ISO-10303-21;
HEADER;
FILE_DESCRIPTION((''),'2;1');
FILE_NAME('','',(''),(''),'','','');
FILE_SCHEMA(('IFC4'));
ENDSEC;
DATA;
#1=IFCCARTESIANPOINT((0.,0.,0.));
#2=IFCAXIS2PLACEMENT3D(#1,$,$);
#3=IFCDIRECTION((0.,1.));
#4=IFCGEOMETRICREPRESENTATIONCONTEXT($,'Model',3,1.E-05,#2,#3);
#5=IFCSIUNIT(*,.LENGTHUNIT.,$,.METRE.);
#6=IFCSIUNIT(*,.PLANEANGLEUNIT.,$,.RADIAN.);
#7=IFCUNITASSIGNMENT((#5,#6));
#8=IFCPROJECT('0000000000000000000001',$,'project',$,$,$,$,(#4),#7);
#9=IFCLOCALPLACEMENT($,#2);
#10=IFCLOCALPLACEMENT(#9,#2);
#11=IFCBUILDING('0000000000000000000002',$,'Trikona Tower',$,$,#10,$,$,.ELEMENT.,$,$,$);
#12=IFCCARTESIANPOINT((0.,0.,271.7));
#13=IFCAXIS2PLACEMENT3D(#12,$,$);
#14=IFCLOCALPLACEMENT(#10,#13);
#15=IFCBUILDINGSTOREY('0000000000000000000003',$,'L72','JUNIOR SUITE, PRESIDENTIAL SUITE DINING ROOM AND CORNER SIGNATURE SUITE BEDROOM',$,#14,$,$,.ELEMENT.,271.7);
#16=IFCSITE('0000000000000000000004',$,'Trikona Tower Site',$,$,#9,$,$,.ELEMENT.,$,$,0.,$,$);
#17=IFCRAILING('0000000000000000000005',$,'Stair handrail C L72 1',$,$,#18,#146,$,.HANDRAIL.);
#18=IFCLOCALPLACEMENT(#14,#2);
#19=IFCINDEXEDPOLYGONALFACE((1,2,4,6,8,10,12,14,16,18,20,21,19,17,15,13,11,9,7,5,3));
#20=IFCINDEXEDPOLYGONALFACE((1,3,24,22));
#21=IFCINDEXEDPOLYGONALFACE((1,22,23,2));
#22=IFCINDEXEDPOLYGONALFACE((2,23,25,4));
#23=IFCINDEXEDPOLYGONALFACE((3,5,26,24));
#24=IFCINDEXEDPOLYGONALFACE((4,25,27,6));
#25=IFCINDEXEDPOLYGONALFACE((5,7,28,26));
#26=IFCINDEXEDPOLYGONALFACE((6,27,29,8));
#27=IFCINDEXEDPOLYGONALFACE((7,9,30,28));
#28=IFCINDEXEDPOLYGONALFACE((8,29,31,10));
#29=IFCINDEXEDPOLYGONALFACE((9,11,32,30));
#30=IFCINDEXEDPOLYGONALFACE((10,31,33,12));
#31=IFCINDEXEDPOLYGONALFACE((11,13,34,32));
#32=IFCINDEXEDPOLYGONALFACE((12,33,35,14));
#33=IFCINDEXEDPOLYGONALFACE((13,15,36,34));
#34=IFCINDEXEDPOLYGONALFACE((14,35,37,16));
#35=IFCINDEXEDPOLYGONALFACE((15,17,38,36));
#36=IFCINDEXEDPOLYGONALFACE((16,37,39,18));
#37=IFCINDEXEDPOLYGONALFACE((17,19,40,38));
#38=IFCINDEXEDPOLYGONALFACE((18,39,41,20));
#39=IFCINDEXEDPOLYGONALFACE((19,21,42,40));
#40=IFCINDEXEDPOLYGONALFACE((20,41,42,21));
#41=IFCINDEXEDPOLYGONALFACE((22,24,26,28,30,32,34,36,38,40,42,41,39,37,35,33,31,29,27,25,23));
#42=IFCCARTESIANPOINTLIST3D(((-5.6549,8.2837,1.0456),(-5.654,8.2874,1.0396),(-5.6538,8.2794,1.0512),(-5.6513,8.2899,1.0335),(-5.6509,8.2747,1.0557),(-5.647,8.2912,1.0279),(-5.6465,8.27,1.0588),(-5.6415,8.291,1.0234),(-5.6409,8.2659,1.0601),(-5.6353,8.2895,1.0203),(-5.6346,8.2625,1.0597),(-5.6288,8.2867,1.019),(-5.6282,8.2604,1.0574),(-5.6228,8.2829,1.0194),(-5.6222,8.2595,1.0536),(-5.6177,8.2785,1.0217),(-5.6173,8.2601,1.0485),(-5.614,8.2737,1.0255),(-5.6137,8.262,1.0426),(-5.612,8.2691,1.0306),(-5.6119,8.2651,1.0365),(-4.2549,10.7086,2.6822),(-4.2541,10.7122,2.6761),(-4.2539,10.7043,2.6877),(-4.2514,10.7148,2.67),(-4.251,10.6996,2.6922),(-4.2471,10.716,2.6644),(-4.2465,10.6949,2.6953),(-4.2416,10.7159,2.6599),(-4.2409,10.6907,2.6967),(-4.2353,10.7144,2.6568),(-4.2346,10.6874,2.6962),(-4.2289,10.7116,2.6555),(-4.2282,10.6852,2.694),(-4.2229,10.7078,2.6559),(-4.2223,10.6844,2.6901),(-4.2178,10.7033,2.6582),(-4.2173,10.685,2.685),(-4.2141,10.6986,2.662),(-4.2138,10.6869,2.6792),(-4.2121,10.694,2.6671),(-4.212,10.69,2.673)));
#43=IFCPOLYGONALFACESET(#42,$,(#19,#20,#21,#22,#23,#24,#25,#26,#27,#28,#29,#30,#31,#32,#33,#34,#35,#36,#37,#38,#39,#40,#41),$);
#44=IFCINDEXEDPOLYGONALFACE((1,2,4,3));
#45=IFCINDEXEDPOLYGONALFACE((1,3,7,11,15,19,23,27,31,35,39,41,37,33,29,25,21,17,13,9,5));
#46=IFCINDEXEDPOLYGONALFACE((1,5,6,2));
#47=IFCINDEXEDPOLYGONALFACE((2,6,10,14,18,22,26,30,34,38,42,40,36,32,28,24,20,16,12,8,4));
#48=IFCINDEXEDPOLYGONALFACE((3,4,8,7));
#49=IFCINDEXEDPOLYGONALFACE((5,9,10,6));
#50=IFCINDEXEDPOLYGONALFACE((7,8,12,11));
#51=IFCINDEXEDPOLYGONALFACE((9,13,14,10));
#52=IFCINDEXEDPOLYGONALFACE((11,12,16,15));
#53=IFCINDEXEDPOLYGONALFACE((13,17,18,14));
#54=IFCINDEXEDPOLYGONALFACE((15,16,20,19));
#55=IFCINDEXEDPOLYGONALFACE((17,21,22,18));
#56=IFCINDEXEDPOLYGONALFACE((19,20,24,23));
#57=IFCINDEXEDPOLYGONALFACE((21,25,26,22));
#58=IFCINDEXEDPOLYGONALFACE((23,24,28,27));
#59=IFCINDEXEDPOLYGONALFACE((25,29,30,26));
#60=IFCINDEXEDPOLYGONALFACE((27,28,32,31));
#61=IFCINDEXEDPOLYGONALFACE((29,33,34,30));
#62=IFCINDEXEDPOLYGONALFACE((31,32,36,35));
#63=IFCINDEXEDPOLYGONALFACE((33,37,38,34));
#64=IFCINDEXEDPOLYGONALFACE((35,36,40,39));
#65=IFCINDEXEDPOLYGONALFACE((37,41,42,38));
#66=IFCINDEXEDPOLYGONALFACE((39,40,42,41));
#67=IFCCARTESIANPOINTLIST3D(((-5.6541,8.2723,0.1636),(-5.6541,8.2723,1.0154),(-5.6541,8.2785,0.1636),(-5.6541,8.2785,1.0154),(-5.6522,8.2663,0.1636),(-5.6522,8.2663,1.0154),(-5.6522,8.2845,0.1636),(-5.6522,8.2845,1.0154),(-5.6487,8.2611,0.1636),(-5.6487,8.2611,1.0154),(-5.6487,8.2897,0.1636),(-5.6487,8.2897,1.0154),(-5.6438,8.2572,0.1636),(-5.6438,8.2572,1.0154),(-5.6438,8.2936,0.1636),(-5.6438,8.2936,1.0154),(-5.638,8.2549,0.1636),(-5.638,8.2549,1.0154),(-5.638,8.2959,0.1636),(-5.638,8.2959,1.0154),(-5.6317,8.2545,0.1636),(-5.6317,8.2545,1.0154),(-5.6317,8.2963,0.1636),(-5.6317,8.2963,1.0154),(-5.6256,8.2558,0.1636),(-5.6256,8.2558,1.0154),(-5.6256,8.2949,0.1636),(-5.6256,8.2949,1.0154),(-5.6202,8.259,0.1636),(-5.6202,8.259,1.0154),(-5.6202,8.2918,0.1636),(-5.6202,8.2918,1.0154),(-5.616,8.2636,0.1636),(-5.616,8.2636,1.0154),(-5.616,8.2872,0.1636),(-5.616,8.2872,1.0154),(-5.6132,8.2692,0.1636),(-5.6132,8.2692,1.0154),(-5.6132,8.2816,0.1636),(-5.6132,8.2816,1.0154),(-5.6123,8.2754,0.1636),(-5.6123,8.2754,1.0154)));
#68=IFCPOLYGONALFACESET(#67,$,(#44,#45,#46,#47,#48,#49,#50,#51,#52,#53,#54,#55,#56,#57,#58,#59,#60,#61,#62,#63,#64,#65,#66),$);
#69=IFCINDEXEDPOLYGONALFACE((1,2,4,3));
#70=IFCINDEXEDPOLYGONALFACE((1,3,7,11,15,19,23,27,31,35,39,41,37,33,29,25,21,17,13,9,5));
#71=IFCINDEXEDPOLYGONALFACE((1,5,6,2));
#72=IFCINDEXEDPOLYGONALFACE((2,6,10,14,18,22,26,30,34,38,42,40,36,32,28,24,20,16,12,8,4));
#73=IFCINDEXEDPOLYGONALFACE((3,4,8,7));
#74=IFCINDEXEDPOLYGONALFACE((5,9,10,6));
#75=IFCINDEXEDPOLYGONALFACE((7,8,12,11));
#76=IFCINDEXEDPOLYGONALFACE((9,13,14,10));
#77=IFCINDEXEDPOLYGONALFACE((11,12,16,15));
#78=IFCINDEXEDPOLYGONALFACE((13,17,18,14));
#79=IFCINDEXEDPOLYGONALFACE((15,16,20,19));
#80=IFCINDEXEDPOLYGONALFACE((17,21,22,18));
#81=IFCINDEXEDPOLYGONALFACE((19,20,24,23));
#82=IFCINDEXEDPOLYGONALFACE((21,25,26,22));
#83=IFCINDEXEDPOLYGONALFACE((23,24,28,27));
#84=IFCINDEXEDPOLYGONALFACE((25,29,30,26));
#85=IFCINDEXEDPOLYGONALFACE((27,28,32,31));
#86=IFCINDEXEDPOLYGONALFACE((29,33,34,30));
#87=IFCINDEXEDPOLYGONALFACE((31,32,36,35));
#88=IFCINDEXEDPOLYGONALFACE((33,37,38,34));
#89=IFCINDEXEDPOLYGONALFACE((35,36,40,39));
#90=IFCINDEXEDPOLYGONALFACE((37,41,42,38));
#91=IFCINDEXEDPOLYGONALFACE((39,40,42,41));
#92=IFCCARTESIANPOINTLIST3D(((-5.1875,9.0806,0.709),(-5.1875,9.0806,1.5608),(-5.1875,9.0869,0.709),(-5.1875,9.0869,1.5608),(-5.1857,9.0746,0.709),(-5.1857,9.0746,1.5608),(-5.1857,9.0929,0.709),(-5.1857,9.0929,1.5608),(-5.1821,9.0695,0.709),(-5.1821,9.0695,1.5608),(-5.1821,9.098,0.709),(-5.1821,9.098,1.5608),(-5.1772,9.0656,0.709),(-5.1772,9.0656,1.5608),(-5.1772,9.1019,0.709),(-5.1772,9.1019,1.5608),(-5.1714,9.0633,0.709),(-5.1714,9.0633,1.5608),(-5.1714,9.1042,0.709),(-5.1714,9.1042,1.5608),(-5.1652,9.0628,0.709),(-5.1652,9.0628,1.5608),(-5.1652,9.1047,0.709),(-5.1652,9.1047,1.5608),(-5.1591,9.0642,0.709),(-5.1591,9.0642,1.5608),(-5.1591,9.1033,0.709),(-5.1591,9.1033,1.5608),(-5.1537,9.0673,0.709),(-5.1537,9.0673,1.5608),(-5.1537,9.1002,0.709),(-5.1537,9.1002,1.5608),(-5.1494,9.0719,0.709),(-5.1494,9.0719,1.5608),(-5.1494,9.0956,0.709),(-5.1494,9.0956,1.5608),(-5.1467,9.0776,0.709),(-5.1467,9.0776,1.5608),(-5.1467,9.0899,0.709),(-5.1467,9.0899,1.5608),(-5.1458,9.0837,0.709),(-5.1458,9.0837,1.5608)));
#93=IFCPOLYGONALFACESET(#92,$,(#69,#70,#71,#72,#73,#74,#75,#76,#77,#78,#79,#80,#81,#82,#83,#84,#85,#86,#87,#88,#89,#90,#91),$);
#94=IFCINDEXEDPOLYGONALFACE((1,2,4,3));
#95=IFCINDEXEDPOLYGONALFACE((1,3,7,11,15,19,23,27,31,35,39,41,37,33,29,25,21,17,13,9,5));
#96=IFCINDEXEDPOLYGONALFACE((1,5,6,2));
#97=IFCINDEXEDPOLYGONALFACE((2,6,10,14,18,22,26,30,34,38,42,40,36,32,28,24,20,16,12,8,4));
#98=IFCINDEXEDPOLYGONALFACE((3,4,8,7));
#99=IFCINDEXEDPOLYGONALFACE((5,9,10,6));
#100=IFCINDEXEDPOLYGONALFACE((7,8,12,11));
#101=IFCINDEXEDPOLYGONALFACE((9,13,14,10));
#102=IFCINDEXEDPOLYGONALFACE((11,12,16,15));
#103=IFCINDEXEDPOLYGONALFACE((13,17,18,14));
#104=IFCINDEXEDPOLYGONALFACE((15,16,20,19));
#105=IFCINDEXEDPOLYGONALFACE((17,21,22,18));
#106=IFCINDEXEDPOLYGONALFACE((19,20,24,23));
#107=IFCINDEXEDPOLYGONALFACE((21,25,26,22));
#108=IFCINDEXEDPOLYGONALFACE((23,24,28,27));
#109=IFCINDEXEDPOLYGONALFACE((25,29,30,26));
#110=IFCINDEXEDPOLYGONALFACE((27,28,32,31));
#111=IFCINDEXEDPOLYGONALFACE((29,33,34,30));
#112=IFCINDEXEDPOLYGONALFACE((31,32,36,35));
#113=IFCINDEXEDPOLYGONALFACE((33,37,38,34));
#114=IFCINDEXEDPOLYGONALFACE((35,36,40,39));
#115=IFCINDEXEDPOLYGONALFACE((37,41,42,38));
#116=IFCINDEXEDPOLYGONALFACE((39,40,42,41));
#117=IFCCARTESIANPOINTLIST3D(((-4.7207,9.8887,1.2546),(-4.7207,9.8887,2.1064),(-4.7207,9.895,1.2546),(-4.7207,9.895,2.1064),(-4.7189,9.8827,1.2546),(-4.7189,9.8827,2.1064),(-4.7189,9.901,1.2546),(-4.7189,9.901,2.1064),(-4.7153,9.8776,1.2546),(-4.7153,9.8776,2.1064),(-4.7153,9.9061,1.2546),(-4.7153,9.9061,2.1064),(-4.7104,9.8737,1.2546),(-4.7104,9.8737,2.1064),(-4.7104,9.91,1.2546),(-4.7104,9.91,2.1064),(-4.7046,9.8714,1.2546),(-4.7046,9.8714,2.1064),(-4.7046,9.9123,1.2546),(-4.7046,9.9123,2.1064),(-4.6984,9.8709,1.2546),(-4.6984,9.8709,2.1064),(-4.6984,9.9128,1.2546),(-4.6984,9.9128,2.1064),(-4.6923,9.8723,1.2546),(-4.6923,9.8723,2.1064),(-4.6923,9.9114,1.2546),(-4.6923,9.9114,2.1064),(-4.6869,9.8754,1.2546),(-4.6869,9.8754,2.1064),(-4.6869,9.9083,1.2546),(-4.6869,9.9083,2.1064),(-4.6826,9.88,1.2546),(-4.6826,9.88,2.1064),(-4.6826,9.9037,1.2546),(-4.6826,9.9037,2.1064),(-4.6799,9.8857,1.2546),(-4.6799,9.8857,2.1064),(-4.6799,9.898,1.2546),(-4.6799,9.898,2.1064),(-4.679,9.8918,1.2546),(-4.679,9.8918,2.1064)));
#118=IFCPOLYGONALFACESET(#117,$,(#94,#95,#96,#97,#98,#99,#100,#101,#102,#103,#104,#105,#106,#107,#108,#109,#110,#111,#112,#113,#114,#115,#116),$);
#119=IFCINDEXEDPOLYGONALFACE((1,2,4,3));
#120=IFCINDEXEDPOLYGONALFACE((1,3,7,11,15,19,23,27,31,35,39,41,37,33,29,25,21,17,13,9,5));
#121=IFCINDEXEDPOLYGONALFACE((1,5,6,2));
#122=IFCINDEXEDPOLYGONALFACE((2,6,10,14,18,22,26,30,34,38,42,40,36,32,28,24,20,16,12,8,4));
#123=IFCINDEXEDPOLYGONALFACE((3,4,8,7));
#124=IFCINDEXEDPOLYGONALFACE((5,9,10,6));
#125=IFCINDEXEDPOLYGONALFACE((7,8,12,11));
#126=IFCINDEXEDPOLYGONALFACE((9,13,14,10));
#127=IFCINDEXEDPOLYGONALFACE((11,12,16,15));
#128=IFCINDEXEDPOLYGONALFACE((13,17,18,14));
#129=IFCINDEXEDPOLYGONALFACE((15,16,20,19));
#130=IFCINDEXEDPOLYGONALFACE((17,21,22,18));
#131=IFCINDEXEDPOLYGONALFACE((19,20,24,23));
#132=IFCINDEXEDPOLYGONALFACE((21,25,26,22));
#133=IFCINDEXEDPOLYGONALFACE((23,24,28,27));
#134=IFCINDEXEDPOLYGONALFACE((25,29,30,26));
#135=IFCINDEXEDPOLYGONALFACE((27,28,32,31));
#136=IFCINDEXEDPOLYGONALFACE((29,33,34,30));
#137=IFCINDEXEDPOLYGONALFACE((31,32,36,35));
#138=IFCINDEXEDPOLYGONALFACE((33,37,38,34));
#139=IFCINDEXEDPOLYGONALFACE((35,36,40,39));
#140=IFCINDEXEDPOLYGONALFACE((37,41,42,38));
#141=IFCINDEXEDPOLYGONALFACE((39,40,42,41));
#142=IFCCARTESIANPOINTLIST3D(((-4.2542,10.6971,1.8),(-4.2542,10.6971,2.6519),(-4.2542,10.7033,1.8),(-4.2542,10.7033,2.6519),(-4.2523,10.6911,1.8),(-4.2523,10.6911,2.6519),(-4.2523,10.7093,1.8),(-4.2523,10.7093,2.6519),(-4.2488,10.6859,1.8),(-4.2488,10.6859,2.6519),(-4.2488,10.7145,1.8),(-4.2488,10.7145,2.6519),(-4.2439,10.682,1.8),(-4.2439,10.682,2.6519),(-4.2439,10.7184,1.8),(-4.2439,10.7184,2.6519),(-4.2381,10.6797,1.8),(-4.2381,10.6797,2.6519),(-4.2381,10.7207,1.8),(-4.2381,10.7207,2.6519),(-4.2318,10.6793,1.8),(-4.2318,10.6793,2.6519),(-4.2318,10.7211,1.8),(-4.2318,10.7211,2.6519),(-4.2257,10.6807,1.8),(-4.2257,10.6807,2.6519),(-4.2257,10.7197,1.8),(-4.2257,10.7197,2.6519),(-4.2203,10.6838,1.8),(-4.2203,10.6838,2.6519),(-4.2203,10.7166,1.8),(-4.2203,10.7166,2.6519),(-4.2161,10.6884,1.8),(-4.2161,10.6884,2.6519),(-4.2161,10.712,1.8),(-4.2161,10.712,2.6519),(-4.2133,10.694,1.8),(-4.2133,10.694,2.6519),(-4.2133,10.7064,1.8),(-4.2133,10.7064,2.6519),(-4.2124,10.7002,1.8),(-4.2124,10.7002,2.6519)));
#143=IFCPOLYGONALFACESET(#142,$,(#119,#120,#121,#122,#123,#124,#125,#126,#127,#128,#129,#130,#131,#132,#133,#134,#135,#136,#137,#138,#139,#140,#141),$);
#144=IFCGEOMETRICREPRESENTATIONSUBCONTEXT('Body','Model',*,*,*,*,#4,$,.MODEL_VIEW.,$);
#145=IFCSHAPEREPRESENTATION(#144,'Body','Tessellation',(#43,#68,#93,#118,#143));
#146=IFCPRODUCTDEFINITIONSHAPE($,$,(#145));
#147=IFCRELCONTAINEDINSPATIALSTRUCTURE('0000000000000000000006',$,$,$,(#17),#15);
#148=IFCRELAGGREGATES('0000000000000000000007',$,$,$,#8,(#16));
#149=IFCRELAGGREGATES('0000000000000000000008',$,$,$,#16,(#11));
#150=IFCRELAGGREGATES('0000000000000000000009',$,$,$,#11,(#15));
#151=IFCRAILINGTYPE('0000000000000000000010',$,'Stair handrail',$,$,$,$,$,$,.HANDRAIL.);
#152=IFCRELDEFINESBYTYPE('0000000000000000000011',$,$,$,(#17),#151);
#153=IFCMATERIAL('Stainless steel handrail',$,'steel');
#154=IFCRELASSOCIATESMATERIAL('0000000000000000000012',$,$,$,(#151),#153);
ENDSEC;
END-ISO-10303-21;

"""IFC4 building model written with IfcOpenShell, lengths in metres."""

from ifc_helpers import new_model, si_unit, direction, frame, origin, origin_2d, place, context, subcontext, project, spatial, circle, extrude, material, type_object, element, save


model = new_model("IFC4")

# Units and contexts
model_context = context("Model", 3, precision=1e-05, world=origin(), true_north=direction((0.0, 1.0)))
body_context = subcontext(model_context, "Body", "Model", "MODEL_VIEW")
ifc_project = project(units=[si_unit("LENGTHUNIT", "METRE"), si_unit("PLANEANGLEUNIT", "RADIAN")], contexts=[model_context])

# Site, building, storey
site_placement = place(None, origin())
site = spatial("IfcSite", under=ifc_project, at=site_placement, Name="Trikona Tower Site", CompositionType="ELEMENT", RefElevation=0.0)
building_placement = place(site_placement, origin())
building = spatial("IfcBuilding", under=site, at=building_placement, Name="Trikona Tower", CompositionType="ELEMENT")
storey_placement = place(building_placement, frame((0.0, 0.0, 271.7)))
storey = spatial("IfcBuildingStorey", under=building, at=storey_placement, Name="L72", Description="JUNIOR SUITE, PRESIDENTIAL SUITE DINING ROOM AND CORNER SIGNATURE SUITE BEDROOM", CompositionType="ELEMENT", Elevation=271.7)

# Railing
ifc_material_1 = material(Name="Stainless steel handrail", Category="steel")
railing_type = type_object("IfcRailingType", Name="Stair handrail", PredefinedType="HANDRAIL", material=ifc_material_1)
railing_1_placement = place(storey_placement, frame((-5.6333, 8.2754, 0.1636)))
element("IfcRailing", 1, at=railing_1_placement, inside=storey, type_object=railing_type, Name="Stair handrail C L72 1", PredefinedType="HANDRAIL", context=body_context, shape_type="SweptSolid", body=[
    extrude(circle(Radius=0.0239, at=origin_2d()), frame((0.0, 0.0, 0.876), z_axis=(0.431661, 0.74769, 0.504608), x_axis=(-0.866035, 0.499984, 0.0)), (0.0, 0.0, 1.0), 3.2432),
    extrude(circle(Radius=0.021, at=origin_2d()), origin(), (0.0, 0.0, 1.0), 0.8518),
    extrude(circle(Radius=0.021, at=origin_2d()), frame((0.4666, 0.8083, 0.5454)), (0.0, 0.0, 1.0), 0.8518),
    extrude(circle(Radius=0.021, at=origin_2d()), frame((0.9333, 1.6165, 1.0911)), (0.0, 0.0, 1.0), 0.8518),
    extrude(circle(Radius=0.021, at=origin_2d()), frame((1.3999, 2.4248, 1.6365)), (0.0, 0.0, 1.0), 0.8518),
])

save(model, "model.ifc")
